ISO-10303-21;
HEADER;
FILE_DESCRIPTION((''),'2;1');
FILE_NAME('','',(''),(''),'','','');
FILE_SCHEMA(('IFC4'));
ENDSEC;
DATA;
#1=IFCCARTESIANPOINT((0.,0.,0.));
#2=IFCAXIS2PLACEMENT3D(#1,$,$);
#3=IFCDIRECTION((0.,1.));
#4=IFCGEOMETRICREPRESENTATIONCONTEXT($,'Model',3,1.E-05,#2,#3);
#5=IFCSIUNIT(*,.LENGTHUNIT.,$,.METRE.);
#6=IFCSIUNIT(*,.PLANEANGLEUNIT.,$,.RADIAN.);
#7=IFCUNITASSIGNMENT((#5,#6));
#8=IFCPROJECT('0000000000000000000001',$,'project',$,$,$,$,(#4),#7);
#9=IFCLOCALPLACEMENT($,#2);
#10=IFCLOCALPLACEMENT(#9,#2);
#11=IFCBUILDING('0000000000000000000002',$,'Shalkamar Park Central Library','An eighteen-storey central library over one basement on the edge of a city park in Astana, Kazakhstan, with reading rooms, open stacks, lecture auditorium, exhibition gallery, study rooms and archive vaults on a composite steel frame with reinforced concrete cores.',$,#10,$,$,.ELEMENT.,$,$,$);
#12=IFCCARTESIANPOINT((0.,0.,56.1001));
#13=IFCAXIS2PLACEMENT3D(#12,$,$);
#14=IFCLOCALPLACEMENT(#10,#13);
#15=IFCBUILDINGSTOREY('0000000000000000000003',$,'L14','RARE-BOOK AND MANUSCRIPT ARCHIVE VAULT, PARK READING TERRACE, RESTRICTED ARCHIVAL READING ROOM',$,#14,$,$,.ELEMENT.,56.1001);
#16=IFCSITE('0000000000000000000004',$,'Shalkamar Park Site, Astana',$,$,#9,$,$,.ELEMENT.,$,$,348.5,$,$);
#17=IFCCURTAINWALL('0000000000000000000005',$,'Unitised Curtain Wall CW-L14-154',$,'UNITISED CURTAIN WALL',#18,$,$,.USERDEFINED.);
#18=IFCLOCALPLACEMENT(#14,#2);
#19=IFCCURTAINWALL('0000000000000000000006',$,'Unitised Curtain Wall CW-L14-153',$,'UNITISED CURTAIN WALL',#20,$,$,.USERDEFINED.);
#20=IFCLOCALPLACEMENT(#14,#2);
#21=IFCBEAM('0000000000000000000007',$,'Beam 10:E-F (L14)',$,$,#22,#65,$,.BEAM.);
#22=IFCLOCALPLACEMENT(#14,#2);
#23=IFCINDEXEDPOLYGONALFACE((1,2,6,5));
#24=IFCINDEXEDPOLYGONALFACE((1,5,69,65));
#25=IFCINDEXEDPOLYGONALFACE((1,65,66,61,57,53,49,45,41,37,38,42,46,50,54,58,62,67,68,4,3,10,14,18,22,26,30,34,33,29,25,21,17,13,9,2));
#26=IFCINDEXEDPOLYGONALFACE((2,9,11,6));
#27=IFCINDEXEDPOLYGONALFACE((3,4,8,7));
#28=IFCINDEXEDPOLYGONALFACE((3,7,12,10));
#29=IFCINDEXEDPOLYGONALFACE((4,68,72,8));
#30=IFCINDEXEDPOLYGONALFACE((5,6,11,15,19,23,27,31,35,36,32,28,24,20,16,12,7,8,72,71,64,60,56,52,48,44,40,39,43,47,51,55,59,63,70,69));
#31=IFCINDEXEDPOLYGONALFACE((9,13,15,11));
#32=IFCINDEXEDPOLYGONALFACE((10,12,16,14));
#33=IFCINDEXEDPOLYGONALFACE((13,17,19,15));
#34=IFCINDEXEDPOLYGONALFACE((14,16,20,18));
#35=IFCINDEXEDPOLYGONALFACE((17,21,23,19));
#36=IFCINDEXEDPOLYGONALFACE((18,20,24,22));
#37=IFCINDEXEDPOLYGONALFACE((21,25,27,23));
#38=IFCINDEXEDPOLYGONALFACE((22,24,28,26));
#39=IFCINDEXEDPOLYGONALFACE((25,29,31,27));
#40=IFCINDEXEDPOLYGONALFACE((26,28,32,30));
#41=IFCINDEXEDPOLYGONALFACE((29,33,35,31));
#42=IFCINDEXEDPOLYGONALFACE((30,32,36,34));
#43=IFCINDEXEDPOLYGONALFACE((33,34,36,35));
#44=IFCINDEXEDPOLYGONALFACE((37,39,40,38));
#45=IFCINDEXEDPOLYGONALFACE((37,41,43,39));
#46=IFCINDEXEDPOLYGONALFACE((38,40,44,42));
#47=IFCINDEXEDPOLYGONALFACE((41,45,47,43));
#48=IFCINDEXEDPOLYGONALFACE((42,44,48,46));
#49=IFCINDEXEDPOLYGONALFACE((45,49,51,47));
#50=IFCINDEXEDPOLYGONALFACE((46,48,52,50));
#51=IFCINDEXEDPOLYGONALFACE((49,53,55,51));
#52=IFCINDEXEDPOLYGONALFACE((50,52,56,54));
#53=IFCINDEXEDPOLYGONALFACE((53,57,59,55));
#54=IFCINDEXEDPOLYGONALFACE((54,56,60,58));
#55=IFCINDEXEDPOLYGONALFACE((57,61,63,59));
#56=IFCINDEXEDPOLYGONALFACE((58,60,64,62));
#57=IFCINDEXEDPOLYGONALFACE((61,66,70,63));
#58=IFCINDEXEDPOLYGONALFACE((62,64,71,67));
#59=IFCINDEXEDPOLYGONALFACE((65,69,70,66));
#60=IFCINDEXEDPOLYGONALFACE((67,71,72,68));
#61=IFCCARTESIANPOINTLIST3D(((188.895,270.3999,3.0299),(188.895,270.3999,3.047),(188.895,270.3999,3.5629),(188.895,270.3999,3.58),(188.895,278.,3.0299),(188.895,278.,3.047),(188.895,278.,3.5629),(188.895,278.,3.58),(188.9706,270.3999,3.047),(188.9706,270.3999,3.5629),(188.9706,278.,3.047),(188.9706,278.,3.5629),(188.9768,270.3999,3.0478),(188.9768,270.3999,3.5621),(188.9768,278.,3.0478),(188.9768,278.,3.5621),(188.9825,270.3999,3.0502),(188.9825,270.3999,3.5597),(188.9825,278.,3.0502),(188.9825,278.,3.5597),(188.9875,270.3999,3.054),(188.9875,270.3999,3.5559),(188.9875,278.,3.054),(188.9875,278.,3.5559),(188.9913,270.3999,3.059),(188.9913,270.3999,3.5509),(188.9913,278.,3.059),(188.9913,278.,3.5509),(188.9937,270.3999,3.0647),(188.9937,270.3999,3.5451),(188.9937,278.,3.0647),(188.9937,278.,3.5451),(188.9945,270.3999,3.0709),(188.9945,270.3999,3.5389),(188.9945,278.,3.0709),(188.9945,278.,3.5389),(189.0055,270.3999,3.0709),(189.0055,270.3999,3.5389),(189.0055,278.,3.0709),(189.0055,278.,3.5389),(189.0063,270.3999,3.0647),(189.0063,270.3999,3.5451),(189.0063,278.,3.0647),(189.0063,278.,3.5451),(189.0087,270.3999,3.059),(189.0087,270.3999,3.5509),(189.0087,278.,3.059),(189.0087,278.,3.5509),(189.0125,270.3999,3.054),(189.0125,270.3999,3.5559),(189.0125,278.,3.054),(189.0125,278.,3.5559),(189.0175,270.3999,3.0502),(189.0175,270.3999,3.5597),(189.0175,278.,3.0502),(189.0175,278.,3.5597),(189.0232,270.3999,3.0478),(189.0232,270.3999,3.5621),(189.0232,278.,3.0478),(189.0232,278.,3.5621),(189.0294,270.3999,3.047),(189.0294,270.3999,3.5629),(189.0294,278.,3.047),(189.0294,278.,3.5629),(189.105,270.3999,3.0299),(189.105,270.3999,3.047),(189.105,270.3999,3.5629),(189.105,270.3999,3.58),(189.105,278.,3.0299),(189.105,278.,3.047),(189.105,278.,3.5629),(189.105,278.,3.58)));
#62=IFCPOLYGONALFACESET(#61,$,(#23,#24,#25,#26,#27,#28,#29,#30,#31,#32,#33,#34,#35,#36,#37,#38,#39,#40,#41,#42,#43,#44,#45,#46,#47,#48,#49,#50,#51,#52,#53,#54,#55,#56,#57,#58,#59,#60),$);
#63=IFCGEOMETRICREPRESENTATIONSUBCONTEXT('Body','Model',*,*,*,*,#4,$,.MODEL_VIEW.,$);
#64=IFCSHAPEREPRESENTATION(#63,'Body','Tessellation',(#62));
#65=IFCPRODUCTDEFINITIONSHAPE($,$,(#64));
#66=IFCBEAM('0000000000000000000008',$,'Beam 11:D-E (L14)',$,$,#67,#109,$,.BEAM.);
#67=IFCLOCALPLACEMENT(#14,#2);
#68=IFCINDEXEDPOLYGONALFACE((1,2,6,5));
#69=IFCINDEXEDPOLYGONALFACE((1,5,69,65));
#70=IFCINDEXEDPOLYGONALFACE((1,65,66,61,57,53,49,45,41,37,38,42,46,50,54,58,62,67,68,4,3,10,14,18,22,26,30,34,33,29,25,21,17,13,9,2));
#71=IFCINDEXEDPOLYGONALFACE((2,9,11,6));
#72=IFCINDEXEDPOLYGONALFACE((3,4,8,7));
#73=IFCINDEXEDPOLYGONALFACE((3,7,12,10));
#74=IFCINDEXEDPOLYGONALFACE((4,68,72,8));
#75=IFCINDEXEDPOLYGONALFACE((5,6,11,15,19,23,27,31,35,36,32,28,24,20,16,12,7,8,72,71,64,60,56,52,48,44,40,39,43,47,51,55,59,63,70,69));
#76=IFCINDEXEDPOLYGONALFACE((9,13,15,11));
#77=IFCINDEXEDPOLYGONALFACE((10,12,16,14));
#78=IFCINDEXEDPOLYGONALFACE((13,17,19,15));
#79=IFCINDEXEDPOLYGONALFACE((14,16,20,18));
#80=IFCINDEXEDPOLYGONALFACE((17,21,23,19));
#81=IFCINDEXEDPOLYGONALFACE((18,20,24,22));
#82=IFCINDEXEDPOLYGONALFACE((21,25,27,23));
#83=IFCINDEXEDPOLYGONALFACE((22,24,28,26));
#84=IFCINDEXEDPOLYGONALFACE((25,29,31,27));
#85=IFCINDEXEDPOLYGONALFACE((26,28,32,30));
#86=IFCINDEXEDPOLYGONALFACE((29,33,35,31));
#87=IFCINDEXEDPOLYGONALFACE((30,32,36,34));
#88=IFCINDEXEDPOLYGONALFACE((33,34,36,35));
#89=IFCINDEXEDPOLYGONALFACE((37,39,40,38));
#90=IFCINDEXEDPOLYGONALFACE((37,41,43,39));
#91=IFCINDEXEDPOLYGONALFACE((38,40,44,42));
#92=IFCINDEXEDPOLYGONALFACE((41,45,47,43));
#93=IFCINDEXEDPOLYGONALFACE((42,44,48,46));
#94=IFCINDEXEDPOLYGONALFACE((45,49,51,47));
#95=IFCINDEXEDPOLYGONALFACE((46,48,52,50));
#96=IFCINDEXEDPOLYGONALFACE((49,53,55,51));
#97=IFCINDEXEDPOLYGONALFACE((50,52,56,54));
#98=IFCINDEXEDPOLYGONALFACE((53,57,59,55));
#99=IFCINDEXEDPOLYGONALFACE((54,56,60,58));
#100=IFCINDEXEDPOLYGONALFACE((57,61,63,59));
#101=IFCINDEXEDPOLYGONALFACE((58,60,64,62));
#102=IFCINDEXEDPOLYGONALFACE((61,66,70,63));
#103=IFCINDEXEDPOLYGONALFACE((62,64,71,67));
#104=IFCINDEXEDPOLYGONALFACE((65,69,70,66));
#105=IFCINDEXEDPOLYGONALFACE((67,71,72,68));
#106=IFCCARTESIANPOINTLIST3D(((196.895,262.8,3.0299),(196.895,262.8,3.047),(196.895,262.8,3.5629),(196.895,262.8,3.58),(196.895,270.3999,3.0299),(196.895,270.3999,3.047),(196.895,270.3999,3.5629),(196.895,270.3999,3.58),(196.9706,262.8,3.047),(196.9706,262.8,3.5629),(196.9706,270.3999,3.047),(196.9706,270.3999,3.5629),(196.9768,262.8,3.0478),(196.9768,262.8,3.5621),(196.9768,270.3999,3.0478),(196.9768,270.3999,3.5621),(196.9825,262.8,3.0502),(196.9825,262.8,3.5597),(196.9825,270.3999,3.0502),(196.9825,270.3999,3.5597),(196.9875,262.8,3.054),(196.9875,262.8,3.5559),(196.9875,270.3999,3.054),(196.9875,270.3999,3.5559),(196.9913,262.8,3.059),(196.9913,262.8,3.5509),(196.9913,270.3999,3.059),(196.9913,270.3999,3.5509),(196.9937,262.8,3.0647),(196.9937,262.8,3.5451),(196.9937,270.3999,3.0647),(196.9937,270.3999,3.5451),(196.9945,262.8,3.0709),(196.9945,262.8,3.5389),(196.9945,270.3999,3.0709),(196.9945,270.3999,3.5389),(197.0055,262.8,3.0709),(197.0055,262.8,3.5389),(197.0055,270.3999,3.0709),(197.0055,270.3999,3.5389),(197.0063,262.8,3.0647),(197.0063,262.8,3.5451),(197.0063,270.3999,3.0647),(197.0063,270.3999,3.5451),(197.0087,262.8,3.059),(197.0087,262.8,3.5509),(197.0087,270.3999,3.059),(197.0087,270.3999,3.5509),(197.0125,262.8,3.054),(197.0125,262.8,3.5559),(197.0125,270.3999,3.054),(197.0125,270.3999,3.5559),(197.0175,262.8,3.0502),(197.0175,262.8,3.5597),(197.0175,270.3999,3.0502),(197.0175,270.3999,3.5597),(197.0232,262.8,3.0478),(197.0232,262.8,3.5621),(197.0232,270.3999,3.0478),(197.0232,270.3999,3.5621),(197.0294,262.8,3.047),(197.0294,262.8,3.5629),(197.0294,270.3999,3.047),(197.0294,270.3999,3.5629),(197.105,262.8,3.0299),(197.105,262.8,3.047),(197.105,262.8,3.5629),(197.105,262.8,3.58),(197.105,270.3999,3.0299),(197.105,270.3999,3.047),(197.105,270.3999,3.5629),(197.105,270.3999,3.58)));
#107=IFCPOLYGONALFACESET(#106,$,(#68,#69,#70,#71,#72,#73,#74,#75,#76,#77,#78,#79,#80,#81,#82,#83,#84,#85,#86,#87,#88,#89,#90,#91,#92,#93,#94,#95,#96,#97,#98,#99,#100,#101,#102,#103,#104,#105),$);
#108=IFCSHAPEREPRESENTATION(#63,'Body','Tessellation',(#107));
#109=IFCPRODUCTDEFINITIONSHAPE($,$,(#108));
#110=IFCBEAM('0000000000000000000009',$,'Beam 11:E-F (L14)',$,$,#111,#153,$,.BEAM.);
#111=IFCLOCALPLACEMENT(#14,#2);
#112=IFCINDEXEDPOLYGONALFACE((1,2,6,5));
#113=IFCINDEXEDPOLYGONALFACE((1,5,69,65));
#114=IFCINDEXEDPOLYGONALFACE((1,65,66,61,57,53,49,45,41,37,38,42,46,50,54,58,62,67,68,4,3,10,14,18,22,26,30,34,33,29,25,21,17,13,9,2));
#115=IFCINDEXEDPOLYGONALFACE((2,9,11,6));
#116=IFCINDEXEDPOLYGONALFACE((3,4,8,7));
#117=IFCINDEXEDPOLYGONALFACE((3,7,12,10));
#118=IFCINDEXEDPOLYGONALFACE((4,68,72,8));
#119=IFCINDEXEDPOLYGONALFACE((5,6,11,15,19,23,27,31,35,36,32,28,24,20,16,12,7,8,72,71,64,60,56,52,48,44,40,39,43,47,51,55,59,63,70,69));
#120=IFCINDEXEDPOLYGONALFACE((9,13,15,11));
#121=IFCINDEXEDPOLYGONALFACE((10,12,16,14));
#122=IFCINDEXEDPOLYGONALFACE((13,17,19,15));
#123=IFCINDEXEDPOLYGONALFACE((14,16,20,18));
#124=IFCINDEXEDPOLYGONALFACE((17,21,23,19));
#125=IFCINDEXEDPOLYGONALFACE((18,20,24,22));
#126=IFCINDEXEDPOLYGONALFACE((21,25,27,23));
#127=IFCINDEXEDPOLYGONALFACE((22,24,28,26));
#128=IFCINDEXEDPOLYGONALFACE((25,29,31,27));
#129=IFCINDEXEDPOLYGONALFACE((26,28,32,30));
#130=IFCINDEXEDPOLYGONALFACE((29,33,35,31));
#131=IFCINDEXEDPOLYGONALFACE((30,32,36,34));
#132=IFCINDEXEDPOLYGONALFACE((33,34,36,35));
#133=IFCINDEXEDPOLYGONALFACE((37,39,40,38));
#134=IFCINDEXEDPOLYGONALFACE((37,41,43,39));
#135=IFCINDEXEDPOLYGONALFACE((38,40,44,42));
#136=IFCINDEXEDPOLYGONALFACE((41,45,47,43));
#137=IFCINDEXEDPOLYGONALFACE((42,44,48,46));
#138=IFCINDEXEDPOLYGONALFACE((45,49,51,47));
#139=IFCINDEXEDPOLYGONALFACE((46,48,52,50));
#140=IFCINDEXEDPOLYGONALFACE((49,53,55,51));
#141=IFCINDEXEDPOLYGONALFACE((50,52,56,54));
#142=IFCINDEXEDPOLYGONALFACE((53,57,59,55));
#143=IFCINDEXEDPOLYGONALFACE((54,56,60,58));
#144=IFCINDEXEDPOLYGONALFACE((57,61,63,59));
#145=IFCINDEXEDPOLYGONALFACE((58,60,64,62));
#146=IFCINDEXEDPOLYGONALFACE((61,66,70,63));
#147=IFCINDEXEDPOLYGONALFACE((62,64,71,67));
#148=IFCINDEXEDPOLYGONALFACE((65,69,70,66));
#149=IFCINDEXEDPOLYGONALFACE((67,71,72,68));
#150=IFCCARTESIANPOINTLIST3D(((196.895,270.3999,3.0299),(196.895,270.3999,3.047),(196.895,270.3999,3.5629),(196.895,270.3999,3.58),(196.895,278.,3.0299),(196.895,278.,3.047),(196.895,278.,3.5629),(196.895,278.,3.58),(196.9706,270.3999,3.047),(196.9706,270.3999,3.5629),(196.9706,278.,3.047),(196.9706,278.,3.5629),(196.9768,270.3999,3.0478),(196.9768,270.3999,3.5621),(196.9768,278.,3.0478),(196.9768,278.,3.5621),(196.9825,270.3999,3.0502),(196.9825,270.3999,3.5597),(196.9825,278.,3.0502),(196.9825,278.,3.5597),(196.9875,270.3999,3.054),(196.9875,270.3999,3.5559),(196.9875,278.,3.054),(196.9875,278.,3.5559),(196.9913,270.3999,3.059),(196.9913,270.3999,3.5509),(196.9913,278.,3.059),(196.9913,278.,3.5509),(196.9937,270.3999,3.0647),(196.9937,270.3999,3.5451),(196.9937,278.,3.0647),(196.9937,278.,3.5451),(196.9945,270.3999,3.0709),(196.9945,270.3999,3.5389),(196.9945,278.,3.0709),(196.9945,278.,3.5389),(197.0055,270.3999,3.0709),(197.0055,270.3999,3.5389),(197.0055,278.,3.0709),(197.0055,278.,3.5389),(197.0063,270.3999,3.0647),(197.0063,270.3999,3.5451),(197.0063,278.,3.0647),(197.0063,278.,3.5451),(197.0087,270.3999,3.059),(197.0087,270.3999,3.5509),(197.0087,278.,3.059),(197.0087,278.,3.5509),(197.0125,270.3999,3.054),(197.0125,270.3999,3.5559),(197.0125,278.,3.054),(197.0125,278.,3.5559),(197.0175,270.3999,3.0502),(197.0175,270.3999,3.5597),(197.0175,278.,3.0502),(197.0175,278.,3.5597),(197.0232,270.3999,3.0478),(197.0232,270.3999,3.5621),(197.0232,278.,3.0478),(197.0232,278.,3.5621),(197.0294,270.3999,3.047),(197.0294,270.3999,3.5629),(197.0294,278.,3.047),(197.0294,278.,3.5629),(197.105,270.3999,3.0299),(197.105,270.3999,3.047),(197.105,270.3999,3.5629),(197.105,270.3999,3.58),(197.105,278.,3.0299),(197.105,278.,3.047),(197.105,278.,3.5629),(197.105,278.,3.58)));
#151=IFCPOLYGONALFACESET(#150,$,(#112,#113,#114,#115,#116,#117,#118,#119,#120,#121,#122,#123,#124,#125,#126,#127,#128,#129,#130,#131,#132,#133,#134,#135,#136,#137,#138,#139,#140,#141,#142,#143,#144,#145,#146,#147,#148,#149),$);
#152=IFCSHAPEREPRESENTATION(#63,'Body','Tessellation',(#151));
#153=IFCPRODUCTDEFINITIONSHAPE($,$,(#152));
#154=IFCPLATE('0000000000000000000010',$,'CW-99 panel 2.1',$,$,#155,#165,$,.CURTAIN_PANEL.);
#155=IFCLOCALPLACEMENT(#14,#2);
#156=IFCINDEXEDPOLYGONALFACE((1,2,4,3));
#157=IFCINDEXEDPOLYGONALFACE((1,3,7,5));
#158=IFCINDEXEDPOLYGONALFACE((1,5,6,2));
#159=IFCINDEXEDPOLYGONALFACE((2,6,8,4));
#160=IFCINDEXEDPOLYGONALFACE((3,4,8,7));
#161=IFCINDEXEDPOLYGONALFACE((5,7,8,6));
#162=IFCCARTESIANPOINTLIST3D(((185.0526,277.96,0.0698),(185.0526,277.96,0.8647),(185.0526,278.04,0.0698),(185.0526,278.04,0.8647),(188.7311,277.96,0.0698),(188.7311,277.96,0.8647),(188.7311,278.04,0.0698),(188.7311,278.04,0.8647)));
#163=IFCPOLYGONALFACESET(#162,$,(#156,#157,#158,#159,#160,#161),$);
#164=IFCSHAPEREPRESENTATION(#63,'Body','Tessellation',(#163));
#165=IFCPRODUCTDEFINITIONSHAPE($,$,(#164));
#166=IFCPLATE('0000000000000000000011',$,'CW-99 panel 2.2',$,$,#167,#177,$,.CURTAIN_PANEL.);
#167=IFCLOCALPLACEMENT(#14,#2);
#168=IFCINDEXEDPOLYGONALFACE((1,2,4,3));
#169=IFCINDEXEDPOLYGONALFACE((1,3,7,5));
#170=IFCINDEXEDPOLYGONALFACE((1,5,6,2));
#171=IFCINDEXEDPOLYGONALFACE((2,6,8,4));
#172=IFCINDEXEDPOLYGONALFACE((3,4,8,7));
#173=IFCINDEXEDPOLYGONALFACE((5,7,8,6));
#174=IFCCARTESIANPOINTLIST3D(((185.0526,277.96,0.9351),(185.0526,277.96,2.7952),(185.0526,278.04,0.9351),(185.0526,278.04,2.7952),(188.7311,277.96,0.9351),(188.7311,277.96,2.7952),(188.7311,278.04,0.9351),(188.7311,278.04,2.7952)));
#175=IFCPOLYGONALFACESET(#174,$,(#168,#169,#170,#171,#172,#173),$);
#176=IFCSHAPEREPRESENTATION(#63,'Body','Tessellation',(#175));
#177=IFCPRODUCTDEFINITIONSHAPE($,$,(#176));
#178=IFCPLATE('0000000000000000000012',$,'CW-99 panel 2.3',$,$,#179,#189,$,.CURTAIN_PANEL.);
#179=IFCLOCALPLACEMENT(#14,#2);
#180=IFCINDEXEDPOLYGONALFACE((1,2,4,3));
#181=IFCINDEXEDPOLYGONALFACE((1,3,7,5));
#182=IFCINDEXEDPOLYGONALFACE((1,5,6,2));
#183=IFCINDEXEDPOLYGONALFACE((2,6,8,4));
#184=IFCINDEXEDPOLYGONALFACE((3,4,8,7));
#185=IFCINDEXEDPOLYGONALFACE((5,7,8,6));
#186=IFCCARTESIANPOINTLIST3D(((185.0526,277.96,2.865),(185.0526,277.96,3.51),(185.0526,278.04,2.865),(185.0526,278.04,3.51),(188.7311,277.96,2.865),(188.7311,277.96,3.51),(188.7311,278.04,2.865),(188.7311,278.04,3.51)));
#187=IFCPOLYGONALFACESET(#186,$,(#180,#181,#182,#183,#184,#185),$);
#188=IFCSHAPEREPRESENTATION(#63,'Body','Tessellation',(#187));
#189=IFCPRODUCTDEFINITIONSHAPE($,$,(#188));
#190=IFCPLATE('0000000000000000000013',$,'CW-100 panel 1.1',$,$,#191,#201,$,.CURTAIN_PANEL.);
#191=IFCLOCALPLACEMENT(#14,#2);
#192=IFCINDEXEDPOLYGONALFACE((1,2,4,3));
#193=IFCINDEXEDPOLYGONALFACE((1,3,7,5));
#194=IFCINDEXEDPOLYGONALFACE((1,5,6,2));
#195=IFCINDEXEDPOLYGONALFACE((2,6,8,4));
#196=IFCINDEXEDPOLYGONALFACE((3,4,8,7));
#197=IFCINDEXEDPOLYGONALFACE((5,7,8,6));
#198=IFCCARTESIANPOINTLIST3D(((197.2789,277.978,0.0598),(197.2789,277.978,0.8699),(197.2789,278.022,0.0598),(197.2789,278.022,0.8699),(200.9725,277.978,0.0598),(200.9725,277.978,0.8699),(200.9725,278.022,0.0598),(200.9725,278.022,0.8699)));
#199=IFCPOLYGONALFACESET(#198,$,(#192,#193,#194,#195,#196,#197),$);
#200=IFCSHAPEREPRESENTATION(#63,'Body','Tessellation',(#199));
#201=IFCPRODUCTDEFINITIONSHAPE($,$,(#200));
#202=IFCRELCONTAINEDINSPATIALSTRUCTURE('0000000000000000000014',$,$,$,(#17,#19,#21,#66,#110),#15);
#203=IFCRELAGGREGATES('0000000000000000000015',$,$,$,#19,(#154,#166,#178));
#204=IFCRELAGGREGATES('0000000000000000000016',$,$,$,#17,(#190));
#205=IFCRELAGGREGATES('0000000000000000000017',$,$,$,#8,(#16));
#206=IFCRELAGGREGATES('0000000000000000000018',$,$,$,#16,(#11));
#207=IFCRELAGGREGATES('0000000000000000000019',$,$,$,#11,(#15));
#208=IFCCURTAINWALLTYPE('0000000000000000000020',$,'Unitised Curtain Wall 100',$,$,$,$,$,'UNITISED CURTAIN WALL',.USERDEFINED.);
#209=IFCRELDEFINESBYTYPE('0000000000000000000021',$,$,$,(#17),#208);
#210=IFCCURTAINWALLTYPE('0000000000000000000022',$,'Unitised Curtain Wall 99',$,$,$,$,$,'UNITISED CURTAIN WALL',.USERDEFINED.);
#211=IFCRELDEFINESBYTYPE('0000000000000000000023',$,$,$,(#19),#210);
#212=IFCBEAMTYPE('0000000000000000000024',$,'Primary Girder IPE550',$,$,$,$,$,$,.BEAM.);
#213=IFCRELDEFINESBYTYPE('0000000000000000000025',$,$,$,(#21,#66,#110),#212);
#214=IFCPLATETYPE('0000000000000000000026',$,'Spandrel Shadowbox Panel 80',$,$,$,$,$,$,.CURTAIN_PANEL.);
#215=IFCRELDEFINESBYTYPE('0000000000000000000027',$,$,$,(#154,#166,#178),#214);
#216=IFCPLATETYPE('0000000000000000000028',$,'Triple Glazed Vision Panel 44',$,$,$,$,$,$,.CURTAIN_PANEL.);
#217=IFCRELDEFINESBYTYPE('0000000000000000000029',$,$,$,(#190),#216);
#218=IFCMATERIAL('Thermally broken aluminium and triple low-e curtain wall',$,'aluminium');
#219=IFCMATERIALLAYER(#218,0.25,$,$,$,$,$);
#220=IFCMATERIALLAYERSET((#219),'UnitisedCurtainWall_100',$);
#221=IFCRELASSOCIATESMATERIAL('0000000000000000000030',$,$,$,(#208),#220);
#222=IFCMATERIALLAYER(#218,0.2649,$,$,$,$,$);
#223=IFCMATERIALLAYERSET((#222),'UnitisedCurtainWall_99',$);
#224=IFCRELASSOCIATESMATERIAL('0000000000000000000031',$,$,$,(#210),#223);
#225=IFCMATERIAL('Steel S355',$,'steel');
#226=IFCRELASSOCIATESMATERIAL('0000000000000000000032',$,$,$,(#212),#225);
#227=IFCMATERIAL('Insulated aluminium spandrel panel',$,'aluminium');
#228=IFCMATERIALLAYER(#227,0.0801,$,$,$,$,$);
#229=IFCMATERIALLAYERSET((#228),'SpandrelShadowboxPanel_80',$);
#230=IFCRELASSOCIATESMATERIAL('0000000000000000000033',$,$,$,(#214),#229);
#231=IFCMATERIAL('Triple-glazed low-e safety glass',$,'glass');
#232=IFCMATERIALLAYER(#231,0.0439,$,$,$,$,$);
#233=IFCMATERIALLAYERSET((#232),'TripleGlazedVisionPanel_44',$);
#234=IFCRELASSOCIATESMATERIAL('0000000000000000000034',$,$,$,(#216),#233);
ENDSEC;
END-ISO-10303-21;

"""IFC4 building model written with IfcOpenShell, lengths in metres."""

from ifc_helpers import new_model, si_unit, direction, frame, origin, origin_2d, place, context, subcontext, project, spatial, rectangle, i_section, extrude, material, layer, layer_set, material_profile, profile_set, type_object, element, aggregate, save


model = new_model("IFC4")

# Units and contexts
model_context = context("Model", 3, precision=1e-05, world=origin(), true_north=direction((0.0, 1.0)))
body_context = subcontext(model_context, "Body", "Model", "MODEL_VIEW")
ifc_project = project(units=[si_unit("LENGTHUNIT", "METRE"), si_unit("PLANEANGLEUNIT", "RADIAN")], contexts=[model_context])

# Site, building, storey
site_placement = place(None, origin())
site = spatial("IfcSite", under=ifc_project, at=site_placement, Name="Shalkamar Park Site, Astana", CompositionType="ELEMENT", RefElevation=348.5)
building_placement = place(site_placement, origin())
building = spatial("IfcBuilding", under=site, at=building_placement, Name="Shalkamar Park Central Library", Description="An eighteen-storey central library over one basement on the edge of a city park in Astana, Kazakhstan, with reading rooms, open stacks, lecture auditorium, exhibition gallery, study rooms and archive vaults on a composite steel frame with reinforced concrete cores.", CompositionType="ELEMENT")
storey_placement = place(building_placement, frame((0.0, 0.0, 56.1001)))
storey = spatial("IfcBuildingStorey", under=building, at=storey_placement, Name="L14", Description="RARE-BOOK AND MANUSCRIPT ARCHIVE VAULT, PARK READING TERRACE, RESTRICTED ARCHIVAL READING ROOM", CompositionType="ELEMENT", Elevation=56.1001)

# Shared definitions
ifc_material_1 = material(Name="Steel S355", Category="steel")

# Curtain wall
ifc_material_2 = material(Name="Thermally broken aluminium and triple low-e curtain wall", Category="aluminium")
ifc_layer_1 = layer(ifc_material_2, 0.25)
ifc_layer_set_1 = layer_set([ifc_layer_1], Name="UnitisedCurtainWall_100")
curtain_wall_type_1 = type_object("IfcCurtainWallType", Name="Unitised Curtain Wall 100", ElementType="UNITISED CURTAIN WALL", PredefinedType="USERDEFINED", material=ifc_layer_set_1)
curtain_wall_1_placement = place(storey_placement, origin())
curtain_wall_1 = element("IfcCurtainWall", 1, at=curtain_wall_1_placement, inside=storey, type_object=curtain_wall_type_1, Name="Unitised Curtain Wall CW-L14-154", ObjectType="UNITISED CURTAIN WALL", PredefinedType="USERDEFINED")

# Curtain wall
ifc_layer_2 = layer(ifc_material_2, 0.2649)
ifc_layer_set_2 = layer_set([ifc_layer_2], Name="UnitisedCurtainWall_99")
curtain_wall_type_2 = type_object("IfcCurtainWallType", Name="Unitised Curtain Wall 99", ElementType="UNITISED CURTAIN WALL", PredefinedType="USERDEFINED", material=ifc_layer_set_2)
curtain_wall_2_placement = place(storey_placement, origin())
curtain_wall_2 = element("IfcCurtainWall", 2, at=curtain_wall_2_placement, inside=storey, type_object=curtain_wall_type_2, Name="Unitised Curtain Wall CW-L14-153", ObjectType="UNITISED CURTAIN WALL", PredefinedType="USERDEFINED")

# Beams
ifc_material_profile_1 = material_profile(ifc_material_1, i_section(OverallWidth=0.21, OverallDepth=0.55, WebThickness=0.011, FlangeThickness=0.0171, FilletRadius=0.0239, at=origin_2d()), Name="IPE 550")
ifc_profile_set_1 = profile_set([ifc_material_profile_1], Name="Steel S355")
beam_type_1 = type_object("IfcBeamType", Name="Primary Girder IPE550", PredefinedType="BEAM", material=ifc_profile_set_1)
beam_1_placement = place(storey_placement, frame((189.0, 270.3999, 3.3049), z_axis=(0.0, 1.0, 0.0), x_axis=(-1.0, 0.0, 0.0)))
element("IfcBeam", 3, at=beam_1_placement, inside=storey, type_object=beam_type_1, Name="Beam 10:E-F (L14)", PredefinedType="BEAM", context=body_context, shape_type="SweptSolid", body=[
    extrude(i_section(OverallWidth=0.21, OverallDepth=0.55, WebThickness=0.011, FlangeThickness=0.0171, FilletRadius=0.0239, at=origin_2d()), origin(), (0.0, 0.0, 1.0), 7.6001),
])
beam_2_placement = place(storey_placement, frame((197.0, 262.8, 3.3049), z_axis=(0.0, 1.0, 0.0), x_axis=(-1.0, 0.0, 0.0)))
element("IfcBeam", 4, at=beam_2_placement, inside=storey, type_object=beam_type_1, Name="Beam 11:D-E (L14)", PredefinedType="BEAM", context=body_context, shape_type="SweptSolid", body=[
    extrude(i_section(OverallWidth=0.21, OverallDepth=0.55, WebThickness=0.011, FlangeThickness=0.0171, FilletRadius=0.0239, at=origin_2d()), origin(), (0.0, 0.0, 1.0), 7.5999),
])
beam_3_placement = place(storey_placement, frame((197.0, 270.3999, 3.3049), z_axis=(0.0, 1.0, 0.0), x_axis=(-1.0, 0.0, 0.0)))
element("IfcBeam", 5, at=beam_3_placement, inside=storey, type_object=beam_type_1, Name="Beam 11:E-F (L14)", PredefinedType="BEAM", context=body_context, shape_type="SweptSolid", body=[
    extrude(i_section(OverallWidth=0.21, OverallDepth=0.55, WebThickness=0.011, FlangeThickness=0.0171, FilletRadius=0.0239, at=origin_2d()), origin(), (0.0, 0.0, 1.0), 7.6001),
])

# Plates
ifc_material_3 = material(Name="Insulated aluminium spandrel panel", Category="aluminium")
ifc_layer_3 = layer(ifc_material_3, 0.0801)
ifc_layer_set_3 = layer_set([ifc_layer_3], Name="SpandrelShadowboxPanel_80")
plate_type_1 = type_object("IfcPlateType", Name="Spandrel Shadowbox Panel 80", PredefinedType="CURTAIN_PANEL", material=ifc_layer_set_3)
plate_1_placement = place(storey_placement, frame((186.8918, 278.0, 0.0698), z_axis=(0.0, 0.0, 1.0), x_axis=(1.0, 0.0, 0.0)))
plate_1 = element("IfcPlate", 6, at=plate_1_placement, type_object=plate_type_1, Name="CW-99 panel 2.1", PredefinedType="CURTAIN_PANEL", context=body_context, shape_type="SweptSolid", body=[
    extrude(rectangle(XDim=3.6785, YDim=0.0801, at=origin_2d()), origin(), (0.0, 0.0, 1.0), 0.7949),
])
plate_2_placement = place(storey_placement, frame((186.8918, 278.0, 0.9351), z_axis=(0.0, 0.0, 1.0), x_axis=(1.0, 0.0, 0.0)))
plate_2 = element("IfcPlate", 7, at=plate_2_placement, type_object=plate_type_1, Name="CW-99 panel 2.2", PredefinedType="CURTAIN_PANEL", context=body_context, shape_type="SweptSolid", body=[
    extrude(rectangle(XDim=3.6785, YDim=0.0801, at=origin_2d()), origin(), (0.0, 0.0, 1.0), 1.8601),
])
plate_3_placement = place(storey_placement, frame((186.8918, 278.0, 2.865), z_axis=(0.0, 0.0, 1.0), x_axis=(1.0, 0.0, 0.0)))
plate_3 = element("IfcPlate", 8, at=plate_3_placement, type_object=plate_type_1, Name="CW-99 panel 2.3", PredefinedType="CURTAIN_PANEL", context=body_context, shape_type="SweptSolid", body=[
    extrude(rectangle(XDim=3.6785, YDim=0.0801, at=origin_2d()), origin(), (0.0, 0.0, 1.0), 0.645),
])
aggregate(curtain_wall_2, [plate_1, plate_2, plate_3])
ifc_material_4 = material(Name="Triple-glazed low-e safety glass", Category="glass")
ifc_layer_4 = layer(ifc_material_4, 0.0439)
ifc_layer_set_4 = layer_set([ifc_layer_4], Name="TripleGlazedVisionPanel_44")
plate_type_2 = type_object("IfcPlateType", Name="Triple Glazed Vision Panel 44", PredefinedType="CURTAIN_PANEL", material=ifc_layer_set_4)
plate_4_placement = place(storey_placement, frame((199.1257, 278.0, 0.0598), z_axis=(0.0, 0.0, 1.0), x_axis=(1.0, 0.0, 0.0)))
plate_4 = element("IfcPlate", 9, at=plate_4_placement, type_object=plate_type_2, Name="CW-100 panel 1.1", PredefinedType="CURTAIN_PANEL", context=body_context, shape_type="SweptSolid", body=[
    extrude(rectangle(XDim=3.6936, YDim=0.0439, at=origin_2d()), origin(), (0.0, 0.0, 1.0), 0.8101),
])
aggregate(curtain_wall_1, [plate_4])

save(model, "model.ifc")
